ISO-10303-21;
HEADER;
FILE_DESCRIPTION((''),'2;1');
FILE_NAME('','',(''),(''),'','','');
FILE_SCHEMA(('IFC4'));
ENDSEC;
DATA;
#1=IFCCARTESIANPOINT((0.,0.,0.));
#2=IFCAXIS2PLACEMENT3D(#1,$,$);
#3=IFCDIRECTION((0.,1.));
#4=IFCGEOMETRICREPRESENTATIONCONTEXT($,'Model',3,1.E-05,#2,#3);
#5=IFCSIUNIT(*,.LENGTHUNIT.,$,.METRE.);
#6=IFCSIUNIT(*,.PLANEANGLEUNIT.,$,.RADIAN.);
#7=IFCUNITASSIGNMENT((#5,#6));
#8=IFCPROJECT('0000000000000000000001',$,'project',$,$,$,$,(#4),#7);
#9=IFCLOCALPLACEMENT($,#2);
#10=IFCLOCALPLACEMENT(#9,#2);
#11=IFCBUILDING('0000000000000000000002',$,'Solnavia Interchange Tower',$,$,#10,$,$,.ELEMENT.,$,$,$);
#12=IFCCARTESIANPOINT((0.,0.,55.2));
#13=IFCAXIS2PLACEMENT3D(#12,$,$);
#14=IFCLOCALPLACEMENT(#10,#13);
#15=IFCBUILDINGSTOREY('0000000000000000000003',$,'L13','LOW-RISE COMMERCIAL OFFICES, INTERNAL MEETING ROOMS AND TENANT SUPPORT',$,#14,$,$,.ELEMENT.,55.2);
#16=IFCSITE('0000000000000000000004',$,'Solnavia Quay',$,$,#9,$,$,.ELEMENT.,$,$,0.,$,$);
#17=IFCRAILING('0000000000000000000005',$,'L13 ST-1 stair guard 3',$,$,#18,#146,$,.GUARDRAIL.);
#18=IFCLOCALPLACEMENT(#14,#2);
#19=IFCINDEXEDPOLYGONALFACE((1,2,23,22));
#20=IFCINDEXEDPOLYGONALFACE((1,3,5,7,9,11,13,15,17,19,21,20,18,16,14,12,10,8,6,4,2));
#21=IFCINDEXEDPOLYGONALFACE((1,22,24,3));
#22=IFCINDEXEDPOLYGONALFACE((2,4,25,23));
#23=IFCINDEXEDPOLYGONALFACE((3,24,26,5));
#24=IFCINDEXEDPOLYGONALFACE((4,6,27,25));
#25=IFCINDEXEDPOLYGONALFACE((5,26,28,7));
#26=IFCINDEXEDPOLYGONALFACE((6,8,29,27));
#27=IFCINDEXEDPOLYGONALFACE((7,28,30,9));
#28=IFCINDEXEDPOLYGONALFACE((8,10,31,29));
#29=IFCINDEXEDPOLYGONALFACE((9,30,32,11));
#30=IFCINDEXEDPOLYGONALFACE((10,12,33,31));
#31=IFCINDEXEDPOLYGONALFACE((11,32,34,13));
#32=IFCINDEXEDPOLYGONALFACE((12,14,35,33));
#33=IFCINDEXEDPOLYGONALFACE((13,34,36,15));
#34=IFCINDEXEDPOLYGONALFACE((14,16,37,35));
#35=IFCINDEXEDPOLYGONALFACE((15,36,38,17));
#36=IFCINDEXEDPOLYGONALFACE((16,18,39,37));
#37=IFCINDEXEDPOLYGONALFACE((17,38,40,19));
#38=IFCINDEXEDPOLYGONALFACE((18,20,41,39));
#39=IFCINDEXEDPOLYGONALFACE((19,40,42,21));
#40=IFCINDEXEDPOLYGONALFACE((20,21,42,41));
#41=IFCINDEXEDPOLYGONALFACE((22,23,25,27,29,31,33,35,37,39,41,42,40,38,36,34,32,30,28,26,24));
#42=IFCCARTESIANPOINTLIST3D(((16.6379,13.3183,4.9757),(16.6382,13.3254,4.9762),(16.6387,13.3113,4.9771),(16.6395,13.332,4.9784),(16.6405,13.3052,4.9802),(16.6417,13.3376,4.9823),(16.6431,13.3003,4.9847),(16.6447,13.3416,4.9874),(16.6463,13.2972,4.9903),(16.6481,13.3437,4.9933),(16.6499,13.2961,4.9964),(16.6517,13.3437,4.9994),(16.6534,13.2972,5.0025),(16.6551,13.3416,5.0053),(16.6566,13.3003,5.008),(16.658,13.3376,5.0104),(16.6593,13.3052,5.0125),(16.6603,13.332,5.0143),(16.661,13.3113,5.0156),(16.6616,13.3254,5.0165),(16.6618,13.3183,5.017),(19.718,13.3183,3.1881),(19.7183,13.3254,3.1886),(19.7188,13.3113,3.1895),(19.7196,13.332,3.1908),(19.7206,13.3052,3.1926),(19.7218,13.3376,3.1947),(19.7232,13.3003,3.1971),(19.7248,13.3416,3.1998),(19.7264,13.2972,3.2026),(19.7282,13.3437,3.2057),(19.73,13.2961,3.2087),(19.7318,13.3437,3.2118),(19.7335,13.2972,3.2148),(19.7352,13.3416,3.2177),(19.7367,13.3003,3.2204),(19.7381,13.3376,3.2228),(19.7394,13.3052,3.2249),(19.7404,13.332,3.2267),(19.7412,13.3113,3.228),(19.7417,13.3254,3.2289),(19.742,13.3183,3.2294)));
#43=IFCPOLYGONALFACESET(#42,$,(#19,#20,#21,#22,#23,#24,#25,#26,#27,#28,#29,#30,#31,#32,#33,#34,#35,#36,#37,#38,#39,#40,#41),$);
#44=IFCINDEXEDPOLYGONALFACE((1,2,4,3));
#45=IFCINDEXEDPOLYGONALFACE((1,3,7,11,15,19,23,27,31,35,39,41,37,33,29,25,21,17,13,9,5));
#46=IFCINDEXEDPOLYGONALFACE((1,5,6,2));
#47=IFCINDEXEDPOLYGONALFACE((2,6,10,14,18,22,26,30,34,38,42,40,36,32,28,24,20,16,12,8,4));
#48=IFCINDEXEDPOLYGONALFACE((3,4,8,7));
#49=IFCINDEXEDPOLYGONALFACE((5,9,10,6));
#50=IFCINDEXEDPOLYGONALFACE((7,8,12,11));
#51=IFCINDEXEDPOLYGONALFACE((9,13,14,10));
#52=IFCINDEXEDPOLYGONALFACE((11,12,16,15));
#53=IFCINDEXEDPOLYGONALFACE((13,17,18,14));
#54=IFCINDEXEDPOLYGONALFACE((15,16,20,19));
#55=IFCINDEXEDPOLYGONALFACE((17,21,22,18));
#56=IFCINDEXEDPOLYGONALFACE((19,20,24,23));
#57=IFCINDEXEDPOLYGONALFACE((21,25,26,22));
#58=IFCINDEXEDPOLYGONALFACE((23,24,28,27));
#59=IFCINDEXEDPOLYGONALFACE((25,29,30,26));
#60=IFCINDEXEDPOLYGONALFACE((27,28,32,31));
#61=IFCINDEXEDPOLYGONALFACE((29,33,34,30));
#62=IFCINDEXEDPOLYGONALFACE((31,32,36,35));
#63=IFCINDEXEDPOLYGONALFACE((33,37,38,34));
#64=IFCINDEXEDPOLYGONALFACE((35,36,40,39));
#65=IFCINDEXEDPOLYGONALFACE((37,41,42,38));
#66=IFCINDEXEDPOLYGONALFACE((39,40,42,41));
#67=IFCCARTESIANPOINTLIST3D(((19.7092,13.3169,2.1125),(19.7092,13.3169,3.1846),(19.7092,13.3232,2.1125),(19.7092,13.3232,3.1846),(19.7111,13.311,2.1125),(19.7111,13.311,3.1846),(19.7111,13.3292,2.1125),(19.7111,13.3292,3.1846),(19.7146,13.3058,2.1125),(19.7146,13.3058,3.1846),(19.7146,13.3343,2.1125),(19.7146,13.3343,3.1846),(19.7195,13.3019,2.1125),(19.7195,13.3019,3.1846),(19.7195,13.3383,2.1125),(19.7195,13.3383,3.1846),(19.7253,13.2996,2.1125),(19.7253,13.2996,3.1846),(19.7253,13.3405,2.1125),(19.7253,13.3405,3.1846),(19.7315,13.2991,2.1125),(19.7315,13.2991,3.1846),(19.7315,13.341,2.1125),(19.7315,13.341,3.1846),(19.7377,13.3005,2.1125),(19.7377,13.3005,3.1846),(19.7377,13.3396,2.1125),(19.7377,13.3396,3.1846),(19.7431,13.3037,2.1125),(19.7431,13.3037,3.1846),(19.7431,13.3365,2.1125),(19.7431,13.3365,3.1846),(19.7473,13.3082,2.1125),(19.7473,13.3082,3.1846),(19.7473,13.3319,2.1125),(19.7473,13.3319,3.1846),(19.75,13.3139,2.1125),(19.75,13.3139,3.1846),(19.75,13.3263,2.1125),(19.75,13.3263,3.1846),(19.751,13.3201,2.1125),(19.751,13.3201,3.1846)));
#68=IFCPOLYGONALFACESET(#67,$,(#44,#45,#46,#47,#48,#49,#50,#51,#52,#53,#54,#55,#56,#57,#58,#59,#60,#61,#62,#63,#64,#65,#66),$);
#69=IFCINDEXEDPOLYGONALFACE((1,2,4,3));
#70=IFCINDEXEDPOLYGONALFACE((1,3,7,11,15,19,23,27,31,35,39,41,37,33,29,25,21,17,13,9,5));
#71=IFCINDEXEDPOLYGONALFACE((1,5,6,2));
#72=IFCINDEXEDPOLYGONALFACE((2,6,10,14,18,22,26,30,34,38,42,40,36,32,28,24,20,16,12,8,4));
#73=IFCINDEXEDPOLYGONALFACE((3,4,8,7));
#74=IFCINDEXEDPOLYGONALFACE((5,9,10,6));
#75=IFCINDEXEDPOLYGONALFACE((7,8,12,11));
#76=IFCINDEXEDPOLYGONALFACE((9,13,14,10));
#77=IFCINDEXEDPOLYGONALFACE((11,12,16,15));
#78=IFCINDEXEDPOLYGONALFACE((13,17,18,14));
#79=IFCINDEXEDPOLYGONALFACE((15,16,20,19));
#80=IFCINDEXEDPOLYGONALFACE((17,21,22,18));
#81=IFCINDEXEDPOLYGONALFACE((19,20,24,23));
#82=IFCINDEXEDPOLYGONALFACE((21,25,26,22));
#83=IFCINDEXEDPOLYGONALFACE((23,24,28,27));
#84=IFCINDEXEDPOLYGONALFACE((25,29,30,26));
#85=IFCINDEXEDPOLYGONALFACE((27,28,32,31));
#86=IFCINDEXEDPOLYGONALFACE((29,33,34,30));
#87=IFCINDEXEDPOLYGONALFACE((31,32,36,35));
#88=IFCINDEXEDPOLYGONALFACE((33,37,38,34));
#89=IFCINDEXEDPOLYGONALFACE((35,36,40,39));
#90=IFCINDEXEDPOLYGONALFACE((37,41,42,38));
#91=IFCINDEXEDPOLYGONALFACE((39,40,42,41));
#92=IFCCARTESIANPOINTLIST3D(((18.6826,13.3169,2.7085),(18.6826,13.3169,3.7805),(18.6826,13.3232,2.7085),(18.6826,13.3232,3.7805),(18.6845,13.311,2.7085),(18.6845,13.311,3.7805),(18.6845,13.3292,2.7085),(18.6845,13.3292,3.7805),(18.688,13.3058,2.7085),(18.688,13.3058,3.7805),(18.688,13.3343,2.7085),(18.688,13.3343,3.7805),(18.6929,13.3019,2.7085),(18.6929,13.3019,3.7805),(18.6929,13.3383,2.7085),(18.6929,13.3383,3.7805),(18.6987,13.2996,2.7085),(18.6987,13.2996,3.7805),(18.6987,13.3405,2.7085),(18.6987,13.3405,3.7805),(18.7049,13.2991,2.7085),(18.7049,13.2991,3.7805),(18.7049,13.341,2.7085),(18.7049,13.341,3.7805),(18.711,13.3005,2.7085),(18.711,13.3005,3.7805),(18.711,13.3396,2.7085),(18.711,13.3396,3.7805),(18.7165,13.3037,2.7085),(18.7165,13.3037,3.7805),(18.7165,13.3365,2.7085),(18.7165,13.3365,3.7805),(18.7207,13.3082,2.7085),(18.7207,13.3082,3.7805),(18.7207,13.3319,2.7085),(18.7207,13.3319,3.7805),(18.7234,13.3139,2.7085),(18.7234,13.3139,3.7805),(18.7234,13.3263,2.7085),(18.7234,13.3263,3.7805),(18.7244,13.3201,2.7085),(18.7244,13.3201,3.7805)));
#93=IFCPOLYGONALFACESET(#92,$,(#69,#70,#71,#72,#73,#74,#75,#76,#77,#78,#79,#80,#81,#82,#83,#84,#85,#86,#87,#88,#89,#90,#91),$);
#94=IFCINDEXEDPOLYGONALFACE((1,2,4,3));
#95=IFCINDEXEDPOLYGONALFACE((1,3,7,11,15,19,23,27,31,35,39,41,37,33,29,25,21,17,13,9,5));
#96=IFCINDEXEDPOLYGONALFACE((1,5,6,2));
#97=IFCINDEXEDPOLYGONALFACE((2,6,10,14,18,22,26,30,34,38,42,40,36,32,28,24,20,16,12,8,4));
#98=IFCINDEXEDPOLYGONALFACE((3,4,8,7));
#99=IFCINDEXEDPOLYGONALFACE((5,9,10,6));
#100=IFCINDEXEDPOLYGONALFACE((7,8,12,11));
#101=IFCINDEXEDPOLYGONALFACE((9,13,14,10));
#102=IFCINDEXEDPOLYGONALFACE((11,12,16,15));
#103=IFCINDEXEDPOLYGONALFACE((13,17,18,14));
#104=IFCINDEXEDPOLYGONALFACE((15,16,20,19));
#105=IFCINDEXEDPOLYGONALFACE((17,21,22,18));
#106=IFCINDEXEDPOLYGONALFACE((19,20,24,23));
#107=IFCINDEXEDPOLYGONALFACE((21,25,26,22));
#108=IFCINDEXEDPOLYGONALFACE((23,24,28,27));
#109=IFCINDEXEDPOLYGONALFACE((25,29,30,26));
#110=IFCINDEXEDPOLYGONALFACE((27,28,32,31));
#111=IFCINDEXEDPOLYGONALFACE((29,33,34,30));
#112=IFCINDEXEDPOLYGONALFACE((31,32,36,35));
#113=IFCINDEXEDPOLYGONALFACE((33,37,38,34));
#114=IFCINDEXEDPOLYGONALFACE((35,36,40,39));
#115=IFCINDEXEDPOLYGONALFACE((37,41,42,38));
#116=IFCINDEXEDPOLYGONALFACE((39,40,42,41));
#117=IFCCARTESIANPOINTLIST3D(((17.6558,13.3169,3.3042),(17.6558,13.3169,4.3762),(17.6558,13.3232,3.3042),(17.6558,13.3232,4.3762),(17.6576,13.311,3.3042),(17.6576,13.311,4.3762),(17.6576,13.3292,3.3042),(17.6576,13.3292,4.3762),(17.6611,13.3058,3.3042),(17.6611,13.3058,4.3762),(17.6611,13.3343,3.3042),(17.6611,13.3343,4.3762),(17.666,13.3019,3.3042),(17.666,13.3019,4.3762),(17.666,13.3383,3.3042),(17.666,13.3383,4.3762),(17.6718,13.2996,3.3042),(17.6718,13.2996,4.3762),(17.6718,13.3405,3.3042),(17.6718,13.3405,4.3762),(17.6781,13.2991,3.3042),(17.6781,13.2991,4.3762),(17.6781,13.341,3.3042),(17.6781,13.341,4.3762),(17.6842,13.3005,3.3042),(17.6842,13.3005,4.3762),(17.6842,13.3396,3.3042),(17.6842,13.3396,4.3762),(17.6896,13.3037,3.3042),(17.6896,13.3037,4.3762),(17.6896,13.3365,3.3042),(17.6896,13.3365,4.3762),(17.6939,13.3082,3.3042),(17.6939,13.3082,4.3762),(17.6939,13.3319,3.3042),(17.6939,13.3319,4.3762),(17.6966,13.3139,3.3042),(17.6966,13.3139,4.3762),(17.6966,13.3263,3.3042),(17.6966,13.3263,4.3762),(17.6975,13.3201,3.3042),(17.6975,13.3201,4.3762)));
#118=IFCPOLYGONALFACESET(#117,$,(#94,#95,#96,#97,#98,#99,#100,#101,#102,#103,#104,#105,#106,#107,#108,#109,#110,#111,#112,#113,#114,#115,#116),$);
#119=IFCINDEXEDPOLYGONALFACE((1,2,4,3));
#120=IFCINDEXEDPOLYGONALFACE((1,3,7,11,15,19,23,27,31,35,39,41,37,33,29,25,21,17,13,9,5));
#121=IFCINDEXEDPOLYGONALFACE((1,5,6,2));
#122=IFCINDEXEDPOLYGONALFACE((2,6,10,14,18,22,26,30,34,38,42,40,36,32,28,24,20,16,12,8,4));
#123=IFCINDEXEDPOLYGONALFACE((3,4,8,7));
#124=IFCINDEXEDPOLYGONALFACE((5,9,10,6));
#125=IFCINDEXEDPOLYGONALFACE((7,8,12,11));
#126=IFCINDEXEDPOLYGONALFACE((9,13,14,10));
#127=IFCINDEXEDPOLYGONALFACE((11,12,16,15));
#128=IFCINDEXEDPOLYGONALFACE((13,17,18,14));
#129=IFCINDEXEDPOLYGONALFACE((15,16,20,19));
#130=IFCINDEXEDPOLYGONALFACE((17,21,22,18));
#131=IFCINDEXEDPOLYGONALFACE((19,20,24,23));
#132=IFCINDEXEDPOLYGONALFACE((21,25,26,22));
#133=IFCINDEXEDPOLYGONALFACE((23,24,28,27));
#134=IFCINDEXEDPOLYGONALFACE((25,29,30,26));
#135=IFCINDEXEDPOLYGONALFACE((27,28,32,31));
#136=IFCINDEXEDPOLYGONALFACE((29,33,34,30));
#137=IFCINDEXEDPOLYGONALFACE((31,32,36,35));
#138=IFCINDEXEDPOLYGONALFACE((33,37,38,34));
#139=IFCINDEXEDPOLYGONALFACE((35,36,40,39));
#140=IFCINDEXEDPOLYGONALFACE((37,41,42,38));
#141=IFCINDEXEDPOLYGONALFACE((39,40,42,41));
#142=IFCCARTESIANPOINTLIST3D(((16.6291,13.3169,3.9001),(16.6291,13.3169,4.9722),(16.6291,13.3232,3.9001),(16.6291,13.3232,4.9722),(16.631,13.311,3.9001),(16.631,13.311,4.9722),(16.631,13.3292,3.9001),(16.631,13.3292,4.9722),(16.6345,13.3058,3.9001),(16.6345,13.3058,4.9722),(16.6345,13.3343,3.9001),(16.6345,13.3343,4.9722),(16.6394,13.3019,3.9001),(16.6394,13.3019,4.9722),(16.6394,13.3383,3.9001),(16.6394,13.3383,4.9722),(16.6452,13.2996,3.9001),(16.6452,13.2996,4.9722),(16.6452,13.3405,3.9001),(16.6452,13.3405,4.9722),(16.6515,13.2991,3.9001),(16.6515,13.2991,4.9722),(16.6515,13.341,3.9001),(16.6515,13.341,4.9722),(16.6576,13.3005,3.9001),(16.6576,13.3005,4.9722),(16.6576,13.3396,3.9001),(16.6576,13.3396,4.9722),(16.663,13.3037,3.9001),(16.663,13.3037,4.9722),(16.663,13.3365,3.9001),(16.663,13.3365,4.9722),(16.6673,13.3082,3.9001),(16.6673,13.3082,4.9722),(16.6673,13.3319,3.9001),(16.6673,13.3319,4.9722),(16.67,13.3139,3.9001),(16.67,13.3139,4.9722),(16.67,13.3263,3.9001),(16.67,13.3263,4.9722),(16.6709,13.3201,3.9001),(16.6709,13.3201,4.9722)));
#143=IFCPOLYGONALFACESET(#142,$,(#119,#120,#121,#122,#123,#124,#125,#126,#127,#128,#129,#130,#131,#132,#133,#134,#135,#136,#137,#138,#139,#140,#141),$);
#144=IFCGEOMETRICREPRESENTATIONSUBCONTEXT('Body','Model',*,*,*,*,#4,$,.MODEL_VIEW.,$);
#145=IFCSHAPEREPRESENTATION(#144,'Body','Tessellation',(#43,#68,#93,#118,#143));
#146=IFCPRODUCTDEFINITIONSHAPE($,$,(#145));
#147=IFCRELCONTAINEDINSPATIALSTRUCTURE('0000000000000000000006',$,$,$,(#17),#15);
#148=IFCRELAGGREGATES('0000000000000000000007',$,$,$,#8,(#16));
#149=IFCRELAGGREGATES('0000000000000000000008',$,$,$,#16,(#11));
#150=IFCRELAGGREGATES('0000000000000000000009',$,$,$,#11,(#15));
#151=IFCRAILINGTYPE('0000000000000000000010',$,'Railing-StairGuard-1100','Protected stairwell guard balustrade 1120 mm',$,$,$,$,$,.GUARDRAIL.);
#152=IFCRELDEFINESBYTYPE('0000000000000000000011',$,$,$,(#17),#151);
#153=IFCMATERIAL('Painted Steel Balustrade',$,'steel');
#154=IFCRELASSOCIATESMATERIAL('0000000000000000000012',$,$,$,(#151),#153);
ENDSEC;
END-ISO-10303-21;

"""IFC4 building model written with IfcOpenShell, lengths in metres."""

from ifc_helpers import new_model, si_unit, direction, frame, origin, origin_2d, place, context, subcontext, project, spatial, circle, extrude, material, type_object, element, save


model = new_model("IFC4")

# Units and contexts
model_context = context("Model", 3, precision=1e-05, world=origin(), true_north=direction((0.0, 1.0)))
body_context = subcontext(model_context, "Body", "Model", "MODEL_VIEW")
ifc_project = project(units=[si_unit("LENGTHUNIT", "METRE"), si_unit("PLANEANGLEUNIT", "RADIAN")], contexts=[model_context])

# Site, building, storey
site_placement = place(None, origin())
site = spatial("IfcSite", under=ifc_project, at=site_placement, Name="Solnavia Quay", CompositionType="ELEMENT", RefElevation=0.0)
building_placement = place(site_placement, origin())
building = spatial("IfcBuilding", under=site, at=building_placement, Name="Solnavia Interchange Tower", CompositionType="ELEMENT")
storey_placement = place(building_placement, frame((0.0, 0.0, 55.2)))
storey = spatial("IfcBuildingStorey", under=building, at=storey_placement, Name="L13", Description="LOW-RISE COMMERCIAL OFFICES, INTERNAL MEETING ROOMS AND TENANT SUPPORT", CompositionType="ELEMENT", Elevation=55.2)

# Railing
ifc_material_1 = material(Name="Painted Steel Balustrade", Category="steel")
railing_type_1 = type_object("IfcRailingType", Name="Railing-StairGuard-1100", Description="Protected stairwell guard balustrade 1120 mm", PredefinedType="GUARDRAIL", material=ifc_material_1)
railing_1_placement = place(storey_placement, frame((19.73, 13.3201, 2.1125)))
element("IfcRailing", 1, at=railing_1_placement, inside=storey, type_object=railing_type_1, Name="L13 ST-1 stair guard 3", PredefinedType="GUARDRAIL", context=body_context, shape_type="SweptSolid", body=[
    extrude(circle(Radius=0.0239, at=origin_2d()), frame((0.0, 0.0, 1.0962), z_axis=(-0.864891, 0.0, 0.50196), x_axis=(0.0, -1.0, 0.0)), (0.0, 0.0, 1.0), 3.5613),
    extrude(circle(Radius=0.021, at=origin_2d()), origin(), (0.0, 0.0, 1.0), 1.072),
    extrude(circle(Radius=0.021, at=origin_2d()), frame((-1.0266, 0.0, 0.5959)), (0.0, 0.0, 1.0), 1.072),
    extrude(circle(Radius=0.021, at=origin_2d()), frame((-2.0535, 0.0, 1.1917)), (0.0, 0.0, 1.0), 1.072),
    extrude(circle(Radius=0.021, at=origin_2d()), frame((-3.0801, 0.0, 1.7876)), (0.0, 0.0, 1.0), 1.072),
])

save(model, "model.ifc")
